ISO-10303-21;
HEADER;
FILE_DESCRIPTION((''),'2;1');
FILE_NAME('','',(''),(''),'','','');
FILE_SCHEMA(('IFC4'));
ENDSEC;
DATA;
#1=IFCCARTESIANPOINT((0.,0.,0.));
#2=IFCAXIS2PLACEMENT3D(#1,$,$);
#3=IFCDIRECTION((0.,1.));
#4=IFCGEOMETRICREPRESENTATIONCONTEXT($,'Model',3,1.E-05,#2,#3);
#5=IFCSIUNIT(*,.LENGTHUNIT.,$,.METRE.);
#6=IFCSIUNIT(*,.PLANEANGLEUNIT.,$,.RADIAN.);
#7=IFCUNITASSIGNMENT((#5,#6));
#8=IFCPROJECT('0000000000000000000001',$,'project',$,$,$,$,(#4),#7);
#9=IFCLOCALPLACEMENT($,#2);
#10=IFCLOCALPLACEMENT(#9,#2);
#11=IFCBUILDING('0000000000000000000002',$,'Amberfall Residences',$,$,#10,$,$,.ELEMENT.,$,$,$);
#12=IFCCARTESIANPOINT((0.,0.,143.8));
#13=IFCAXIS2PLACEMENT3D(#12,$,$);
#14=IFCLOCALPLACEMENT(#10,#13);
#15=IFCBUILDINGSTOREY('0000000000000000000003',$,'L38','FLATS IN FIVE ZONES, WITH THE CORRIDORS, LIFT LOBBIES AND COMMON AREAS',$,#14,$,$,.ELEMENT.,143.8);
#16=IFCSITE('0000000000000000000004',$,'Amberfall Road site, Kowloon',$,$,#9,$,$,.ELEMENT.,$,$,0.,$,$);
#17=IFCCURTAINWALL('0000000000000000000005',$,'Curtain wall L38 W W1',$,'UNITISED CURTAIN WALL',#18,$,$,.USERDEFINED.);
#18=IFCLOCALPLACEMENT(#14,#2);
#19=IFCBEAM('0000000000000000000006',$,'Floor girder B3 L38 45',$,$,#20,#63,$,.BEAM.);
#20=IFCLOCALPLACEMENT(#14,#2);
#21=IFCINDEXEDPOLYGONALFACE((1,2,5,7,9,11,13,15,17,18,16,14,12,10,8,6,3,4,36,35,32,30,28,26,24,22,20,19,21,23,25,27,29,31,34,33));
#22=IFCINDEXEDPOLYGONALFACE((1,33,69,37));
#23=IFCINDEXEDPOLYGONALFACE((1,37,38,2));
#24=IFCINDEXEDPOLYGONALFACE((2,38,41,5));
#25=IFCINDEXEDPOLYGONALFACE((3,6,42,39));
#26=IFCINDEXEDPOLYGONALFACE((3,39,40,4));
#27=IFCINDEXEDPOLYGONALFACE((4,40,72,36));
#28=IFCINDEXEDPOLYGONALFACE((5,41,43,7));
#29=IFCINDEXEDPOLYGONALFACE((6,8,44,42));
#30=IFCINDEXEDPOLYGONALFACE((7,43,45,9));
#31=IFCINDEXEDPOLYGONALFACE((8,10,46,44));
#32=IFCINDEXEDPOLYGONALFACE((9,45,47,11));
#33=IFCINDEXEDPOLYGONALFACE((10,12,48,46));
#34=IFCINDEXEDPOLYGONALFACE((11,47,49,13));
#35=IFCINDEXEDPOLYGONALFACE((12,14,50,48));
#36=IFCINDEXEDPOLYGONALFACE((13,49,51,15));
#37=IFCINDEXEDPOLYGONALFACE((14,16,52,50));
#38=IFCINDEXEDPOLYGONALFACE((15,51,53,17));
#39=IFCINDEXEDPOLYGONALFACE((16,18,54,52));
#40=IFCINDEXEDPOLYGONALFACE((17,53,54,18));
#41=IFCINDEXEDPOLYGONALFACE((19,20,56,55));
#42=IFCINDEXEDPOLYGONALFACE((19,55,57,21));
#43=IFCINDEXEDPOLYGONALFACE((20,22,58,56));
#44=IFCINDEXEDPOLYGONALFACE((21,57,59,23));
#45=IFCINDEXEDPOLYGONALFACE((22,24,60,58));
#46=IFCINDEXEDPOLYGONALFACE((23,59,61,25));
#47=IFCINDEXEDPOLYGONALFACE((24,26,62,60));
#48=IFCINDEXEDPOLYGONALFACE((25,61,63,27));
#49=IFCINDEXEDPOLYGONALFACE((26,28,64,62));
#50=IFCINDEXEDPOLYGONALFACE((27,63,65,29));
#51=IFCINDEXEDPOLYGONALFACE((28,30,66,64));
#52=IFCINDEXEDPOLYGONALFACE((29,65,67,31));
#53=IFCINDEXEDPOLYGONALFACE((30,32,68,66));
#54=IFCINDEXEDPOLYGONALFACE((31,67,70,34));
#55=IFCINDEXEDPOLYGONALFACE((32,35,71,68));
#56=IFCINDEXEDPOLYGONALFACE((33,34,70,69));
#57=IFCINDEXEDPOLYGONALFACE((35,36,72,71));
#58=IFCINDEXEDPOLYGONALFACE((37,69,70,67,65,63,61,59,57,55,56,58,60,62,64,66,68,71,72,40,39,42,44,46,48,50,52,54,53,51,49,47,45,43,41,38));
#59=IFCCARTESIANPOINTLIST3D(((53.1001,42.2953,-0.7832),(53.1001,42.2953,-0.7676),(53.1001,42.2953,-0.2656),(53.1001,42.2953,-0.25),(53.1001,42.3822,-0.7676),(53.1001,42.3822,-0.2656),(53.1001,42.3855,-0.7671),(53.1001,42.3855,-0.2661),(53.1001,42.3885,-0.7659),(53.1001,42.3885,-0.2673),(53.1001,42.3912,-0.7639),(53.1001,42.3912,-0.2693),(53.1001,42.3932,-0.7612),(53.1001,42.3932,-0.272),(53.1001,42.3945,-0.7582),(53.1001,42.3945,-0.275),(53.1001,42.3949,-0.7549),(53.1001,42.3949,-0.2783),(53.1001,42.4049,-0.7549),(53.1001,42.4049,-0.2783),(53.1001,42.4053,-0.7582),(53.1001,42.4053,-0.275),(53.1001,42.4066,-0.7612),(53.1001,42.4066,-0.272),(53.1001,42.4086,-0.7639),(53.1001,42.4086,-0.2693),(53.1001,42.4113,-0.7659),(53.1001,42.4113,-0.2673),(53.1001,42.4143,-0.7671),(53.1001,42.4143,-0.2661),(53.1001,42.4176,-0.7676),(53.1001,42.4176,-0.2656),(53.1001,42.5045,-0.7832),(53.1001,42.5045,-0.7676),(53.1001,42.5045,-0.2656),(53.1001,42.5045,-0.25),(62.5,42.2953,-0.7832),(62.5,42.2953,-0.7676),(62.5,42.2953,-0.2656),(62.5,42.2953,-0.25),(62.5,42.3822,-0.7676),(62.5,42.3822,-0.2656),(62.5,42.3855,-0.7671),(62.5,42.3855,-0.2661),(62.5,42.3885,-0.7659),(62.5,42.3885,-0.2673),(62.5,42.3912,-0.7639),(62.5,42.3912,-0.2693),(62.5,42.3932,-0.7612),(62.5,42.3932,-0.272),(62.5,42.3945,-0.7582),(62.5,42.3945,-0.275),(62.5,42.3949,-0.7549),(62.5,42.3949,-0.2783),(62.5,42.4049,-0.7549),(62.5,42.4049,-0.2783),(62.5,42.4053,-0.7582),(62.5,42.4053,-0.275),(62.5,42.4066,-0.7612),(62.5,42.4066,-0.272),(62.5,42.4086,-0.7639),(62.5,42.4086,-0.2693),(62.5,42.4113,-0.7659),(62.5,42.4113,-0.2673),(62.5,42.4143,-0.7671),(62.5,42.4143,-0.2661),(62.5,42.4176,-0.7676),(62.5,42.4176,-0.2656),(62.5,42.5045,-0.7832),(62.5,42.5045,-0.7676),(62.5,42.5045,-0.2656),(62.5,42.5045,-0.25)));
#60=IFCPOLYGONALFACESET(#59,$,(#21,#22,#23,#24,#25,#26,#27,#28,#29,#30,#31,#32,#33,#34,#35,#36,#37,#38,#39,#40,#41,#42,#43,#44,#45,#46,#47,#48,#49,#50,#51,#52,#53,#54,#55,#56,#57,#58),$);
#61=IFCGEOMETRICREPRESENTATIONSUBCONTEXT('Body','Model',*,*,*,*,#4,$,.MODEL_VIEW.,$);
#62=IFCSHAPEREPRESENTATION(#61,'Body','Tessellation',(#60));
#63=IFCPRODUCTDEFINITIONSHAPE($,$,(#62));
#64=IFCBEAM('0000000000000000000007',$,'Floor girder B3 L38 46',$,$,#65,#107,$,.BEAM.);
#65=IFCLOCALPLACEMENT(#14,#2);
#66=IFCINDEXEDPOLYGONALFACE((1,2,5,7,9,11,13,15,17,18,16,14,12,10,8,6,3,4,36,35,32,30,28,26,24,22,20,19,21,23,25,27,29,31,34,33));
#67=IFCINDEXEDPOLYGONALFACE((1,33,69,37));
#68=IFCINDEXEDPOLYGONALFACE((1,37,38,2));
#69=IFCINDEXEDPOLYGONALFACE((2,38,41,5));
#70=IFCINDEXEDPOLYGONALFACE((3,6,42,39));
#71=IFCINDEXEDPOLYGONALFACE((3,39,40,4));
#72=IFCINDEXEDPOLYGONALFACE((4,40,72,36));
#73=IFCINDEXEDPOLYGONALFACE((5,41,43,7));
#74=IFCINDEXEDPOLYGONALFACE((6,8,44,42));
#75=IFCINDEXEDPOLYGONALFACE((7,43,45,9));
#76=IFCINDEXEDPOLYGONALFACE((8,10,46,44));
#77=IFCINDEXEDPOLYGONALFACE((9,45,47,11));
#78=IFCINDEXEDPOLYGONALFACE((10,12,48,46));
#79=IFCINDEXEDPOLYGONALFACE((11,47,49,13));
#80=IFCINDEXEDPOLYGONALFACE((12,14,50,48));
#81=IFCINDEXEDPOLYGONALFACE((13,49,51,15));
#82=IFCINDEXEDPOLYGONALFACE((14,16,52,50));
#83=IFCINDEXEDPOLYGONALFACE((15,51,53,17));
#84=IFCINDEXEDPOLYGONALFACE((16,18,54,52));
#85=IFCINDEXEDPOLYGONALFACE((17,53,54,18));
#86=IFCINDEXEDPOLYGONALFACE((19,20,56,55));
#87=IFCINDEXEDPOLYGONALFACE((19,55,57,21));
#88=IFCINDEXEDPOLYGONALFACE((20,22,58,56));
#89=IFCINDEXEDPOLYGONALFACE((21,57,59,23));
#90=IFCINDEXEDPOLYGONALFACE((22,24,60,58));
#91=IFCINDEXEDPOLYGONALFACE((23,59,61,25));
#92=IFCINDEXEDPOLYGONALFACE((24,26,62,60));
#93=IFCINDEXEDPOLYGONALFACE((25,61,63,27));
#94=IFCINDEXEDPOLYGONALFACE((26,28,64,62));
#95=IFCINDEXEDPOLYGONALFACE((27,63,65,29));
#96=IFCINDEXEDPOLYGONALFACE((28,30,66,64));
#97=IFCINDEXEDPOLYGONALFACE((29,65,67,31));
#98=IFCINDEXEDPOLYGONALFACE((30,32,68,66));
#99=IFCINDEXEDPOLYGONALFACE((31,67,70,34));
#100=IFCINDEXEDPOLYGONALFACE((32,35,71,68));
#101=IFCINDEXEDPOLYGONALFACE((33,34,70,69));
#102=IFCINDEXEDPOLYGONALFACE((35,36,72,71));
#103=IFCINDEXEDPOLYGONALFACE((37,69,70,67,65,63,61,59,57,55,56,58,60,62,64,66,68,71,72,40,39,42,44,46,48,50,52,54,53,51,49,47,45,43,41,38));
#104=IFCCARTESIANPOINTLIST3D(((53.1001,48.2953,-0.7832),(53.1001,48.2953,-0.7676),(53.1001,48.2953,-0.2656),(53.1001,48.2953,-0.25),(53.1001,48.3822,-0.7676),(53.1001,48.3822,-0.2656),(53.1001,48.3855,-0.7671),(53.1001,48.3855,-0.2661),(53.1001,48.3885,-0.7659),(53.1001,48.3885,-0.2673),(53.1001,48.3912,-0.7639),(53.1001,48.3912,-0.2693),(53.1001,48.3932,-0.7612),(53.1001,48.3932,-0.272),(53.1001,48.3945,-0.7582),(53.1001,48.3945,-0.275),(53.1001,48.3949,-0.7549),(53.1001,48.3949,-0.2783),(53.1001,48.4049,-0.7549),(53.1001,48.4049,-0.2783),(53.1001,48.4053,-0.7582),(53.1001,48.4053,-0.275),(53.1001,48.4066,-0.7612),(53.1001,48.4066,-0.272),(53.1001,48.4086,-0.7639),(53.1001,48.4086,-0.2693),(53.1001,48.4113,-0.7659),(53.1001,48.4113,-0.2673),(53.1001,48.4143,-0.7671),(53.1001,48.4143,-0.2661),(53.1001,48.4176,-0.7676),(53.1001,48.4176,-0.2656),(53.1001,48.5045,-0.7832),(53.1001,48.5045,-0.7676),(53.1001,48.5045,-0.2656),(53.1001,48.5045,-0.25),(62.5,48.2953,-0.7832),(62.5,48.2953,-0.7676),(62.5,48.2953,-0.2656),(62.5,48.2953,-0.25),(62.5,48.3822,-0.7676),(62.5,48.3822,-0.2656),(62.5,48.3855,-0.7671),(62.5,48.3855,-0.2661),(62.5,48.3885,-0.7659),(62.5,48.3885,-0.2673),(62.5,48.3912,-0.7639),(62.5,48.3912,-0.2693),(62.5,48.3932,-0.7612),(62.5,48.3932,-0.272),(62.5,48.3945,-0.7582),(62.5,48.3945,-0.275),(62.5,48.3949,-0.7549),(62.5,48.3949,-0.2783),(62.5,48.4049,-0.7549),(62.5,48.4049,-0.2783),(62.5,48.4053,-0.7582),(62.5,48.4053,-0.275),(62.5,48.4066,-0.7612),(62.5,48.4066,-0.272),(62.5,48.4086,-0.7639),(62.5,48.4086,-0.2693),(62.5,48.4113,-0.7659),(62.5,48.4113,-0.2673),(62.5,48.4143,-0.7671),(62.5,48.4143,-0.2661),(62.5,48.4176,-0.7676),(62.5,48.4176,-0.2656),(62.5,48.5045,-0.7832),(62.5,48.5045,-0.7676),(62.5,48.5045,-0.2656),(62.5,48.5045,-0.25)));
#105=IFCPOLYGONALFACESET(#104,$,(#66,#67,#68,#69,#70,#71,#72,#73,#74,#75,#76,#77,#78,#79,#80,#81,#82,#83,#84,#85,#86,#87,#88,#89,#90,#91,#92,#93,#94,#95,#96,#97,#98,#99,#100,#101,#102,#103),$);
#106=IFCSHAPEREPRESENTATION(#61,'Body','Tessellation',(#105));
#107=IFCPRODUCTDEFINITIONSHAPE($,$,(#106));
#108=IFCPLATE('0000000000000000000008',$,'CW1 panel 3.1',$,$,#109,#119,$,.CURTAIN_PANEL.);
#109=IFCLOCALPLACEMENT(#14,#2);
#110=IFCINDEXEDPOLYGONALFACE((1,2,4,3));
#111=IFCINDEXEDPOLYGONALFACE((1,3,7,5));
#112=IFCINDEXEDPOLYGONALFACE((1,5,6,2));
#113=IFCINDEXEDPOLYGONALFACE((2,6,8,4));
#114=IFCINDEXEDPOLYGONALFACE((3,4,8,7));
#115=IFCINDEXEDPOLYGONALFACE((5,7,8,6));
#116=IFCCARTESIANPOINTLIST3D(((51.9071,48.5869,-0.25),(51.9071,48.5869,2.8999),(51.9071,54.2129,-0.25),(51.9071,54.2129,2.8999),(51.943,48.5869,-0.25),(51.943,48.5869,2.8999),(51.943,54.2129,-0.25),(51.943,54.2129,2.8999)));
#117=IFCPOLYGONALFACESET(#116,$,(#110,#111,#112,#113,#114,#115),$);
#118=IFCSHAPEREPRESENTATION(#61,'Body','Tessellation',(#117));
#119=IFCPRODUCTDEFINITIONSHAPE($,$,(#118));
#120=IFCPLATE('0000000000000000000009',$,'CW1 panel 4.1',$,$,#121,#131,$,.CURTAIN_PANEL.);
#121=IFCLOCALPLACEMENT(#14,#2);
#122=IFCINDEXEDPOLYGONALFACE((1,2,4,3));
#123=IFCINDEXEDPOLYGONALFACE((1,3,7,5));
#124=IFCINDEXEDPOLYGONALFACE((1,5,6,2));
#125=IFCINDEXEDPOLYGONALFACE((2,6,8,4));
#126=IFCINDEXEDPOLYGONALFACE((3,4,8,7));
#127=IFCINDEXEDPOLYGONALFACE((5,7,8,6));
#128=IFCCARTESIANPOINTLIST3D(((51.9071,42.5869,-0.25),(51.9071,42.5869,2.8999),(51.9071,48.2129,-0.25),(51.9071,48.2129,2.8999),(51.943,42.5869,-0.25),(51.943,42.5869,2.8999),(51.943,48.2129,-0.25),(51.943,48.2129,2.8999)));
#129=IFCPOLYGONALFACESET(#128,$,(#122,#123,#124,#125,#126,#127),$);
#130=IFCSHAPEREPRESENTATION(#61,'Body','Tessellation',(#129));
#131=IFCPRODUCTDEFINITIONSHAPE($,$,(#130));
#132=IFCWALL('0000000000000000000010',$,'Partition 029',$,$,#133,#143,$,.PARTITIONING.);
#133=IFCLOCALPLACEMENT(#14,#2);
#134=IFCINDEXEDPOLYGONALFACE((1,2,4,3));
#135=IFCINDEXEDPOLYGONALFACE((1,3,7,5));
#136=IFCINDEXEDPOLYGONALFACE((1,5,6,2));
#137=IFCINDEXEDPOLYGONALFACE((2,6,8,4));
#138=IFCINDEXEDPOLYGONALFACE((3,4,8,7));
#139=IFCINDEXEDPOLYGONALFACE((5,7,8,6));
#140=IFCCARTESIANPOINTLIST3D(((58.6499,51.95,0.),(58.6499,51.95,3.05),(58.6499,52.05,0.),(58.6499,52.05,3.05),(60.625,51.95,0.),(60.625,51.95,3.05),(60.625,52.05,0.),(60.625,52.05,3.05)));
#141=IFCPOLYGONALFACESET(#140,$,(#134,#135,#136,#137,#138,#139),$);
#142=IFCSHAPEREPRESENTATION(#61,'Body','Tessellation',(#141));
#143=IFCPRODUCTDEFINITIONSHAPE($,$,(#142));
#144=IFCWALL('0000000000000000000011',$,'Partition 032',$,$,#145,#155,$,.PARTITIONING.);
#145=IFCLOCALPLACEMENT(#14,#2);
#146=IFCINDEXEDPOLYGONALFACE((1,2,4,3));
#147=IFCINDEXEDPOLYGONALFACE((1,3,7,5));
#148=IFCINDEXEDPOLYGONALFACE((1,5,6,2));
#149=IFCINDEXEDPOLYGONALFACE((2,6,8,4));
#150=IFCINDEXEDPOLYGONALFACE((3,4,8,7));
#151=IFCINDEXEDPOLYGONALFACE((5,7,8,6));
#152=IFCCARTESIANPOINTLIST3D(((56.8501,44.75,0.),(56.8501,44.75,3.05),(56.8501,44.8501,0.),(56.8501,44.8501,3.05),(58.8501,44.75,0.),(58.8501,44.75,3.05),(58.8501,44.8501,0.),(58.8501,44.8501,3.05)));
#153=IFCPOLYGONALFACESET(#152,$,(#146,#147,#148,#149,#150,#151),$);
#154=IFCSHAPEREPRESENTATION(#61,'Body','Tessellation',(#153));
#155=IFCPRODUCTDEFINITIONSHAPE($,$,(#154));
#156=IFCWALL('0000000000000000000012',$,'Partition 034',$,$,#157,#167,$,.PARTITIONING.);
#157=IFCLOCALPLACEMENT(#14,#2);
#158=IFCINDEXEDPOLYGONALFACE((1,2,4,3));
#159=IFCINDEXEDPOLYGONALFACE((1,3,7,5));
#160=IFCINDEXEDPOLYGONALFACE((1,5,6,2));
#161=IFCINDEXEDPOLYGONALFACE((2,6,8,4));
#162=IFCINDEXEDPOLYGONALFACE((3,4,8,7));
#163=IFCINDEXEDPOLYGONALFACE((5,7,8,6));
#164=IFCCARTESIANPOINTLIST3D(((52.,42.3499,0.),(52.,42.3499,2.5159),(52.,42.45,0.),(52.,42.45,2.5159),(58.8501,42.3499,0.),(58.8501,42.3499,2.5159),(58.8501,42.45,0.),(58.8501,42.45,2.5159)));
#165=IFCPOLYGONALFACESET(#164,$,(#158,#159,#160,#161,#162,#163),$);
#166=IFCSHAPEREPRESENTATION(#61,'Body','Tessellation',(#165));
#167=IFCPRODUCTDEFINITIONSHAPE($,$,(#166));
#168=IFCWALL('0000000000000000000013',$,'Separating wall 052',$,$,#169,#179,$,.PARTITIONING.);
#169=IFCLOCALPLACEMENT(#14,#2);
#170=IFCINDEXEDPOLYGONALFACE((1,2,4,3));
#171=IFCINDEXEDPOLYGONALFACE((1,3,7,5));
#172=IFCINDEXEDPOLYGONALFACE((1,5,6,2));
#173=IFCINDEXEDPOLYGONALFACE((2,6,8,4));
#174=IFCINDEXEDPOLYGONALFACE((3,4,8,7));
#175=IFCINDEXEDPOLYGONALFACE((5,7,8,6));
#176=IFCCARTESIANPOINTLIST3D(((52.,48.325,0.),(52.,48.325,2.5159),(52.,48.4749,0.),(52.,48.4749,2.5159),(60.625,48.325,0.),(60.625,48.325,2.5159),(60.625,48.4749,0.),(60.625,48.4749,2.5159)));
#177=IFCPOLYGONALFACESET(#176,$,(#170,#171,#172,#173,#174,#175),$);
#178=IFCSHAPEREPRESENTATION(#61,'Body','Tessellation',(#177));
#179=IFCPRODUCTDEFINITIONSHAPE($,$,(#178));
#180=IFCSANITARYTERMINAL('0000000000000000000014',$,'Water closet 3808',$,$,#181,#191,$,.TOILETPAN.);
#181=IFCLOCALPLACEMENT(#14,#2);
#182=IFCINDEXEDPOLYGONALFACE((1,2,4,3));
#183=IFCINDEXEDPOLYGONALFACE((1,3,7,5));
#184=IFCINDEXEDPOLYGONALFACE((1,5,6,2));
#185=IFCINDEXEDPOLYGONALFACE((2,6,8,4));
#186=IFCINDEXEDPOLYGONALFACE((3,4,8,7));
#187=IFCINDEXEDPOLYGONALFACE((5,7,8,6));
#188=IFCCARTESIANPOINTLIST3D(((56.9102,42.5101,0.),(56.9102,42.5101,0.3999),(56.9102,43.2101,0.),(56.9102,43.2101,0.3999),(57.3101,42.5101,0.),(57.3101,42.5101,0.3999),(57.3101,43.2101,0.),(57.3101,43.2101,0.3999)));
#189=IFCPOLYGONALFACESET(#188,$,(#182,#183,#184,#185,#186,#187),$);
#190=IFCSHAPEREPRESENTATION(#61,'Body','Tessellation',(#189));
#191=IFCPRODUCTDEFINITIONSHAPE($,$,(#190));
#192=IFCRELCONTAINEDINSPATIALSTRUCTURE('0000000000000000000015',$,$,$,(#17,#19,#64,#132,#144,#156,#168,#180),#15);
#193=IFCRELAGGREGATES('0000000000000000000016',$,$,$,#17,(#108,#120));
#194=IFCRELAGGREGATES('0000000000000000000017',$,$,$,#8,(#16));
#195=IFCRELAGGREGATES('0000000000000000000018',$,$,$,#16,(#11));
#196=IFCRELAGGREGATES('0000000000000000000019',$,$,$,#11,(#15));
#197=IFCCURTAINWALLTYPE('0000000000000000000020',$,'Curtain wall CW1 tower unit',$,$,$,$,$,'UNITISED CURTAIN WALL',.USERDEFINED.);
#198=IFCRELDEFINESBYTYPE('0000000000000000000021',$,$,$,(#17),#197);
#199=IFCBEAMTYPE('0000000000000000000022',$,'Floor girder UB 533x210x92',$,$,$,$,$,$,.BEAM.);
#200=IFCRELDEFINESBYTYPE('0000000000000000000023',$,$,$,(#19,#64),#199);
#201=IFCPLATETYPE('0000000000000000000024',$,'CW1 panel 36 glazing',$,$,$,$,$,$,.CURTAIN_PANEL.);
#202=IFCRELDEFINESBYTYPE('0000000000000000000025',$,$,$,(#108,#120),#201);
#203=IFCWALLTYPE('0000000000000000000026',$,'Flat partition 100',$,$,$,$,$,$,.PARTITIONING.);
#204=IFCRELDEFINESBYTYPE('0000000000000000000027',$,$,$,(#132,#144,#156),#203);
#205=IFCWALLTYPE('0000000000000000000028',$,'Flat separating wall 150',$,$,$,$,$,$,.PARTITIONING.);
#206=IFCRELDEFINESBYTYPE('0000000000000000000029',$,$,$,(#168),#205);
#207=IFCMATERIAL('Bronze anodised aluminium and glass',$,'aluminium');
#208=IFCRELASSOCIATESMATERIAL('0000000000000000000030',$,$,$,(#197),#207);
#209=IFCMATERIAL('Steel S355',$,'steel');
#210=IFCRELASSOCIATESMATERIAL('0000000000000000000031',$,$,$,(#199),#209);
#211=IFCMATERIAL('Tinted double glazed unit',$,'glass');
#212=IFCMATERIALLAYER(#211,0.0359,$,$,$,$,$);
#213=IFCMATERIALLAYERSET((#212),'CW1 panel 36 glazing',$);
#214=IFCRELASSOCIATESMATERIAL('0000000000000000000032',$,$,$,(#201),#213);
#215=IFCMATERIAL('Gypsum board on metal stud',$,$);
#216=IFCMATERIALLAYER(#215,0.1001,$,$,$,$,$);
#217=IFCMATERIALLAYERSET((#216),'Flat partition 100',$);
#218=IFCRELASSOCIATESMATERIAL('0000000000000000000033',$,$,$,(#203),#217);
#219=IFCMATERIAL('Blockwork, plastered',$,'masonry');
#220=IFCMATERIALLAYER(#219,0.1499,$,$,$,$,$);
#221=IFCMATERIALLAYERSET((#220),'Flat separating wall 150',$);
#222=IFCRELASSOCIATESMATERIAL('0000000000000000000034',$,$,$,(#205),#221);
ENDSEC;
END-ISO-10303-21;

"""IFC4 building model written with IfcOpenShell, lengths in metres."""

from ifc_helpers import new_model, si_unit, direction, frame, frame_2d, origin, origin_2d, place, context, subcontext, project, spatial, rectangle, i_section, extrude, material, layer, layer_set, material_profile, profile_set, type_object, element, aggregate, save


model = new_model("IFC4")

# Units and contexts
model_context = context("Model", 3, precision=1e-05, world=origin(), true_north=direction((0.0, 1.0)))
body_context = subcontext(model_context, "Body", "Model", "MODEL_VIEW")
ifc_project = project(units=[si_unit("LENGTHUNIT", "METRE"), si_unit("PLANEANGLEUNIT", "RADIAN")], contexts=[model_context])

# Site, building, storey
site_placement = place(None, origin())
site = spatial("IfcSite", under=ifc_project, at=site_placement, Name="Amberfall Road site, Kowloon", CompositionType="ELEMENT", RefElevation=0.0)
building_placement = place(site_placement, origin())
building = spatial("IfcBuilding", under=site, at=building_placement, Name="Amberfall Residences", CompositionType="ELEMENT")
storey_placement = place(building_placement, frame((0.0, 0.0, 143.8)))
storey = spatial("IfcBuildingStorey", under=building, at=storey_placement, Name="L38", Description="FLATS IN FIVE ZONES, WITH THE CORRIDORS, LIFT LOBBIES AND COMMON AREAS", CompositionType="ELEMENT", Elevation=143.8)

# Curtain wall
ifc_material_1 = material(Name="Bronze anodised aluminium and glass", Category="aluminium")
curtain_wall_type = type_object("IfcCurtainWallType", Name="Curtain wall CW1 tower unit", ElementType="UNITISED CURTAIN WALL", PredefinedType="USERDEFINED", material=ifc_material_1)
curtain_wall_placement = place(storey_placement, origin())
curtain_wall = element("IfcCurtainWall", 1, at=curtain_wall_placement, inside=storey, type_object=curtain_wall_type, Name="Curtain wall L38 W W1", ObjectType="UNITISED CURTAIN WALL", PredefinedType="USERDEFINED")

# Shared definitions
ifc_material_2 = material(Name="Steel S355", Category="steel")

# Beams
ifc_material_profile_1 = material_profile(ifc_material_2, i_section(OverallWidth=0.2092, OverallDepth=0.5332, WebThickness=0.01, FlangeThickness=0.0156, FilletRadius=0.0127, at=origin_2d()), Name="UB 533x210x92")
ifc_profile_set_1 = profile_set([ifc_material_profile_1], Name="Steel S355")
beam_type_1 = type_object("IfcBeamType", Name="Floor girder UB 533x210x92", PredefinedType="BEAM", material=ifc_profile_set_1)
for number, where, z_axis, x_axis, name in (
    (2, (53.1001, 42.3999, -0.5166), (1.0, 0.0, 0.0), (0.0, 1.0, 0.0), "Floor girder B3 L38 45"),
    (3, (53.1001, 48.3999, -0.5166), (1.0, 0.0, 0.0), (0.0, 1.0, 0.0), "Floor girder B3 L38 46"),
):
    element("IfcBeam", number, at=place(storey_placement, frame(where, z_axis=z_axis, x_axis=x_axis)), inside=storey, type_object=beam_type_1, Name=name, PredefinedType="BEAM", context=body_context, shape_type="SweptSolid", body=[
        extrude(i_section(OverallWidth=0.2092, OverallDepth=0.5332, WebThickness=0.01, FlangeThickness=0.0156, FilletRadius=0.0127, at=origin_2d()), origin(), (0.0, 0.0, 1.0), 9.3999),
    ])

# Plates
ifc_material_3 = material(Name="Tinted double glazed unit", Category="glass")
ifc_layer_1 = layer(ifc_material_3, 0.0359)
ifc_layer_set_1 = layer_set([ifc_layer_1], Name="CW1 panel 36 glazing")
plate_type = type_object("IfcPlateType", Name="CW1 panel 36 glazing", PredefinedType="CURTAIN_PANEL", material=ifc_layer_set_1)
plate_1_placement = place(storey_placement, frame((51.925, 51.3999, -0.25), z_axis=(0.0, 0.0, 1.0), x_axis=(0.0, -1.0, 0.0)))
plate_1 = element("IfcPlate", 4, at=plate_1_placement, type_object=plate_type, Name="CW1 panel 3.1", PredefinedType="CURTAIN_PANEL", context=body_context, shape_type="SweptSolid", body=[
    extrude(rectangle(XDim=5.626, YDim=0.0359, at=origin_2d()), origin(), (0.0, 0.0, 1.0), 3.1499),
])
plate_2_placement = place(storey_placement, frame((51.925, 45.3999, -0.25), z_axis=(0.0, 0.0, 1.0), x_axis=(0.0, -1.0, 0.0)))
plate_2 = element("IfcPlate", 5, at=plate_2_placement, type_object=plate_type, Name="CW1 panel 4.1", PredefinedType="CURTAIN_PANEL", context=body_context, shape_type="SweptSolid", body=[
    extrude(rectangle(XDim=5.626, YDim=0.0359, at=origin_2d()), origin(), (0.0, 0.0, 1.0), 3.1499),
])
aggregate(curtain_wall, [plate_1, plate_2])

# Walls
ifc_material_4 = material(Name="Gypsum board on metal stud")
ifc_layer_2 = layer(ifc_material_4, 0.1001)
ifc_layer_set_2 = layer_set([ifc_layer_2], Name="Flat partition 100")
wall_type_1 = type_object("IfcWallType", Name="Flat partition 100", PredefinedType="PARTITIONING", material=ifc_layer_set_2)
wall_1_placement = place(storey_placement, frame((58.6499, 52.0, 0.0), z_axis=(0.0, 0.0, 1.0), x_axis=(1.0, 0.0, 0.0)))
element("IfcWall", 6, at=wall_1_placement, inside=storey, type_object=wall_type_1, Name="Partition 029", PredefinedType="PARTITIONING", context=body_context, shape_type="SweptSolid", body=[
    extrude(rectangle(XDim=1.9751, YDim=0.1001, at=frame_2d((0.9875, 0.0))), origin(), (0.0, 0.0, 1.0), 3.05),
])
wall_2_placement = place(storey_placement, frame((56.8501, 44.8, 0.0), z_axis=(0.0, 0.0, 1.0), x_axis=(1.0, 0.0, 0.0)))
element("IfcWall", 7, at=wall_2_placement, inside=storey, type_object=wall_type_1, Name="Partition 032", PredefinedType="PARTITIONING", context=body_context, shape_type="SweptSolid", body=[
    extrude(rectangle(XDim=2.0, YDim=0.1001, at=frame_2d((1.0, 0.0))), origin(), (0.0, 0.0, 1.0), 3.05),
])
wall_3_placement = place(storey_placement, frame((52.0, 42.3999, 0.0), z_axis=(0.0, 0.0, 1.0), x_axis=(1.0, 0.0, 0.0)))
element("IfcWall", 8, at=wall_3_placement, inside=storey, type_object=wall_type_1, Name="Partition 034", PredefinedType="PARTITIONING", context=body_context, shape_type="SweptSolid", body=[
    extrude(rectangle(XDim=6.8501, YDim=0.1001, at=frame_2d((3.425, 0.0))), origin(), (0.0, 0.0, 1.0), 2.5159),
])
ifc_material_5 = material(Name="Blockwork, plastered", Category="masonry")
ifc_layer_3 = layer(ifc_material_5, 0.1499)
ifc_layer_set_3 = layer_set([ifc_layer_3], Name="Flat separating wall 150")
wall_type_2 = type_object("IfcWallType", Name="Flat separating wall 150", PredefinedType="PARTITIONING", material=ifc_layer_set_3)
wall_4_placement = place(storey_placement, frame((52.0, 48.3999, 0.0), z_axis=(0.0, 0.0, 1.0), x_axis=(1.0, 0.0, 0.0)))
element("IfcWall", 9, at=wall_4_placement, inside=storey, type_object=wall_type_2, Name="Separating wall 052", PredefinedType="PARTITIONING", context=body_context, shape_type="SweptSolid", body=[
    extrude(rectangle(XDim=8.625, YDim=0.1499, at=frame_2d((4.3125, 0.0))), origin(), (0.0, 0.0, 1.0), 2.5159),
])

# Sanitary terminal
sanitary_terminal_1_placement = place(storey_placement, frame((57.1101, 42.8601, 0.0), z_axis=(0.0, 0.0, 1.0), x_axis=(1.0, 0.0, 0.0)))
element("IfcSanitaryTerminal", 10, at=sanitary_terminal_1_placement, inside=storey, Name="Water closet 3808", PredefinedType="TOILETPAN", context=body_context, shape_type="SweptSolid", body=[
    extrude(rectangle(XDim=0.3999, YDim=0.7, at=origin_2d()), origin(), (0.0, 0.0, 1.0), 0.3999),
])

save(model, "model.ifc")
